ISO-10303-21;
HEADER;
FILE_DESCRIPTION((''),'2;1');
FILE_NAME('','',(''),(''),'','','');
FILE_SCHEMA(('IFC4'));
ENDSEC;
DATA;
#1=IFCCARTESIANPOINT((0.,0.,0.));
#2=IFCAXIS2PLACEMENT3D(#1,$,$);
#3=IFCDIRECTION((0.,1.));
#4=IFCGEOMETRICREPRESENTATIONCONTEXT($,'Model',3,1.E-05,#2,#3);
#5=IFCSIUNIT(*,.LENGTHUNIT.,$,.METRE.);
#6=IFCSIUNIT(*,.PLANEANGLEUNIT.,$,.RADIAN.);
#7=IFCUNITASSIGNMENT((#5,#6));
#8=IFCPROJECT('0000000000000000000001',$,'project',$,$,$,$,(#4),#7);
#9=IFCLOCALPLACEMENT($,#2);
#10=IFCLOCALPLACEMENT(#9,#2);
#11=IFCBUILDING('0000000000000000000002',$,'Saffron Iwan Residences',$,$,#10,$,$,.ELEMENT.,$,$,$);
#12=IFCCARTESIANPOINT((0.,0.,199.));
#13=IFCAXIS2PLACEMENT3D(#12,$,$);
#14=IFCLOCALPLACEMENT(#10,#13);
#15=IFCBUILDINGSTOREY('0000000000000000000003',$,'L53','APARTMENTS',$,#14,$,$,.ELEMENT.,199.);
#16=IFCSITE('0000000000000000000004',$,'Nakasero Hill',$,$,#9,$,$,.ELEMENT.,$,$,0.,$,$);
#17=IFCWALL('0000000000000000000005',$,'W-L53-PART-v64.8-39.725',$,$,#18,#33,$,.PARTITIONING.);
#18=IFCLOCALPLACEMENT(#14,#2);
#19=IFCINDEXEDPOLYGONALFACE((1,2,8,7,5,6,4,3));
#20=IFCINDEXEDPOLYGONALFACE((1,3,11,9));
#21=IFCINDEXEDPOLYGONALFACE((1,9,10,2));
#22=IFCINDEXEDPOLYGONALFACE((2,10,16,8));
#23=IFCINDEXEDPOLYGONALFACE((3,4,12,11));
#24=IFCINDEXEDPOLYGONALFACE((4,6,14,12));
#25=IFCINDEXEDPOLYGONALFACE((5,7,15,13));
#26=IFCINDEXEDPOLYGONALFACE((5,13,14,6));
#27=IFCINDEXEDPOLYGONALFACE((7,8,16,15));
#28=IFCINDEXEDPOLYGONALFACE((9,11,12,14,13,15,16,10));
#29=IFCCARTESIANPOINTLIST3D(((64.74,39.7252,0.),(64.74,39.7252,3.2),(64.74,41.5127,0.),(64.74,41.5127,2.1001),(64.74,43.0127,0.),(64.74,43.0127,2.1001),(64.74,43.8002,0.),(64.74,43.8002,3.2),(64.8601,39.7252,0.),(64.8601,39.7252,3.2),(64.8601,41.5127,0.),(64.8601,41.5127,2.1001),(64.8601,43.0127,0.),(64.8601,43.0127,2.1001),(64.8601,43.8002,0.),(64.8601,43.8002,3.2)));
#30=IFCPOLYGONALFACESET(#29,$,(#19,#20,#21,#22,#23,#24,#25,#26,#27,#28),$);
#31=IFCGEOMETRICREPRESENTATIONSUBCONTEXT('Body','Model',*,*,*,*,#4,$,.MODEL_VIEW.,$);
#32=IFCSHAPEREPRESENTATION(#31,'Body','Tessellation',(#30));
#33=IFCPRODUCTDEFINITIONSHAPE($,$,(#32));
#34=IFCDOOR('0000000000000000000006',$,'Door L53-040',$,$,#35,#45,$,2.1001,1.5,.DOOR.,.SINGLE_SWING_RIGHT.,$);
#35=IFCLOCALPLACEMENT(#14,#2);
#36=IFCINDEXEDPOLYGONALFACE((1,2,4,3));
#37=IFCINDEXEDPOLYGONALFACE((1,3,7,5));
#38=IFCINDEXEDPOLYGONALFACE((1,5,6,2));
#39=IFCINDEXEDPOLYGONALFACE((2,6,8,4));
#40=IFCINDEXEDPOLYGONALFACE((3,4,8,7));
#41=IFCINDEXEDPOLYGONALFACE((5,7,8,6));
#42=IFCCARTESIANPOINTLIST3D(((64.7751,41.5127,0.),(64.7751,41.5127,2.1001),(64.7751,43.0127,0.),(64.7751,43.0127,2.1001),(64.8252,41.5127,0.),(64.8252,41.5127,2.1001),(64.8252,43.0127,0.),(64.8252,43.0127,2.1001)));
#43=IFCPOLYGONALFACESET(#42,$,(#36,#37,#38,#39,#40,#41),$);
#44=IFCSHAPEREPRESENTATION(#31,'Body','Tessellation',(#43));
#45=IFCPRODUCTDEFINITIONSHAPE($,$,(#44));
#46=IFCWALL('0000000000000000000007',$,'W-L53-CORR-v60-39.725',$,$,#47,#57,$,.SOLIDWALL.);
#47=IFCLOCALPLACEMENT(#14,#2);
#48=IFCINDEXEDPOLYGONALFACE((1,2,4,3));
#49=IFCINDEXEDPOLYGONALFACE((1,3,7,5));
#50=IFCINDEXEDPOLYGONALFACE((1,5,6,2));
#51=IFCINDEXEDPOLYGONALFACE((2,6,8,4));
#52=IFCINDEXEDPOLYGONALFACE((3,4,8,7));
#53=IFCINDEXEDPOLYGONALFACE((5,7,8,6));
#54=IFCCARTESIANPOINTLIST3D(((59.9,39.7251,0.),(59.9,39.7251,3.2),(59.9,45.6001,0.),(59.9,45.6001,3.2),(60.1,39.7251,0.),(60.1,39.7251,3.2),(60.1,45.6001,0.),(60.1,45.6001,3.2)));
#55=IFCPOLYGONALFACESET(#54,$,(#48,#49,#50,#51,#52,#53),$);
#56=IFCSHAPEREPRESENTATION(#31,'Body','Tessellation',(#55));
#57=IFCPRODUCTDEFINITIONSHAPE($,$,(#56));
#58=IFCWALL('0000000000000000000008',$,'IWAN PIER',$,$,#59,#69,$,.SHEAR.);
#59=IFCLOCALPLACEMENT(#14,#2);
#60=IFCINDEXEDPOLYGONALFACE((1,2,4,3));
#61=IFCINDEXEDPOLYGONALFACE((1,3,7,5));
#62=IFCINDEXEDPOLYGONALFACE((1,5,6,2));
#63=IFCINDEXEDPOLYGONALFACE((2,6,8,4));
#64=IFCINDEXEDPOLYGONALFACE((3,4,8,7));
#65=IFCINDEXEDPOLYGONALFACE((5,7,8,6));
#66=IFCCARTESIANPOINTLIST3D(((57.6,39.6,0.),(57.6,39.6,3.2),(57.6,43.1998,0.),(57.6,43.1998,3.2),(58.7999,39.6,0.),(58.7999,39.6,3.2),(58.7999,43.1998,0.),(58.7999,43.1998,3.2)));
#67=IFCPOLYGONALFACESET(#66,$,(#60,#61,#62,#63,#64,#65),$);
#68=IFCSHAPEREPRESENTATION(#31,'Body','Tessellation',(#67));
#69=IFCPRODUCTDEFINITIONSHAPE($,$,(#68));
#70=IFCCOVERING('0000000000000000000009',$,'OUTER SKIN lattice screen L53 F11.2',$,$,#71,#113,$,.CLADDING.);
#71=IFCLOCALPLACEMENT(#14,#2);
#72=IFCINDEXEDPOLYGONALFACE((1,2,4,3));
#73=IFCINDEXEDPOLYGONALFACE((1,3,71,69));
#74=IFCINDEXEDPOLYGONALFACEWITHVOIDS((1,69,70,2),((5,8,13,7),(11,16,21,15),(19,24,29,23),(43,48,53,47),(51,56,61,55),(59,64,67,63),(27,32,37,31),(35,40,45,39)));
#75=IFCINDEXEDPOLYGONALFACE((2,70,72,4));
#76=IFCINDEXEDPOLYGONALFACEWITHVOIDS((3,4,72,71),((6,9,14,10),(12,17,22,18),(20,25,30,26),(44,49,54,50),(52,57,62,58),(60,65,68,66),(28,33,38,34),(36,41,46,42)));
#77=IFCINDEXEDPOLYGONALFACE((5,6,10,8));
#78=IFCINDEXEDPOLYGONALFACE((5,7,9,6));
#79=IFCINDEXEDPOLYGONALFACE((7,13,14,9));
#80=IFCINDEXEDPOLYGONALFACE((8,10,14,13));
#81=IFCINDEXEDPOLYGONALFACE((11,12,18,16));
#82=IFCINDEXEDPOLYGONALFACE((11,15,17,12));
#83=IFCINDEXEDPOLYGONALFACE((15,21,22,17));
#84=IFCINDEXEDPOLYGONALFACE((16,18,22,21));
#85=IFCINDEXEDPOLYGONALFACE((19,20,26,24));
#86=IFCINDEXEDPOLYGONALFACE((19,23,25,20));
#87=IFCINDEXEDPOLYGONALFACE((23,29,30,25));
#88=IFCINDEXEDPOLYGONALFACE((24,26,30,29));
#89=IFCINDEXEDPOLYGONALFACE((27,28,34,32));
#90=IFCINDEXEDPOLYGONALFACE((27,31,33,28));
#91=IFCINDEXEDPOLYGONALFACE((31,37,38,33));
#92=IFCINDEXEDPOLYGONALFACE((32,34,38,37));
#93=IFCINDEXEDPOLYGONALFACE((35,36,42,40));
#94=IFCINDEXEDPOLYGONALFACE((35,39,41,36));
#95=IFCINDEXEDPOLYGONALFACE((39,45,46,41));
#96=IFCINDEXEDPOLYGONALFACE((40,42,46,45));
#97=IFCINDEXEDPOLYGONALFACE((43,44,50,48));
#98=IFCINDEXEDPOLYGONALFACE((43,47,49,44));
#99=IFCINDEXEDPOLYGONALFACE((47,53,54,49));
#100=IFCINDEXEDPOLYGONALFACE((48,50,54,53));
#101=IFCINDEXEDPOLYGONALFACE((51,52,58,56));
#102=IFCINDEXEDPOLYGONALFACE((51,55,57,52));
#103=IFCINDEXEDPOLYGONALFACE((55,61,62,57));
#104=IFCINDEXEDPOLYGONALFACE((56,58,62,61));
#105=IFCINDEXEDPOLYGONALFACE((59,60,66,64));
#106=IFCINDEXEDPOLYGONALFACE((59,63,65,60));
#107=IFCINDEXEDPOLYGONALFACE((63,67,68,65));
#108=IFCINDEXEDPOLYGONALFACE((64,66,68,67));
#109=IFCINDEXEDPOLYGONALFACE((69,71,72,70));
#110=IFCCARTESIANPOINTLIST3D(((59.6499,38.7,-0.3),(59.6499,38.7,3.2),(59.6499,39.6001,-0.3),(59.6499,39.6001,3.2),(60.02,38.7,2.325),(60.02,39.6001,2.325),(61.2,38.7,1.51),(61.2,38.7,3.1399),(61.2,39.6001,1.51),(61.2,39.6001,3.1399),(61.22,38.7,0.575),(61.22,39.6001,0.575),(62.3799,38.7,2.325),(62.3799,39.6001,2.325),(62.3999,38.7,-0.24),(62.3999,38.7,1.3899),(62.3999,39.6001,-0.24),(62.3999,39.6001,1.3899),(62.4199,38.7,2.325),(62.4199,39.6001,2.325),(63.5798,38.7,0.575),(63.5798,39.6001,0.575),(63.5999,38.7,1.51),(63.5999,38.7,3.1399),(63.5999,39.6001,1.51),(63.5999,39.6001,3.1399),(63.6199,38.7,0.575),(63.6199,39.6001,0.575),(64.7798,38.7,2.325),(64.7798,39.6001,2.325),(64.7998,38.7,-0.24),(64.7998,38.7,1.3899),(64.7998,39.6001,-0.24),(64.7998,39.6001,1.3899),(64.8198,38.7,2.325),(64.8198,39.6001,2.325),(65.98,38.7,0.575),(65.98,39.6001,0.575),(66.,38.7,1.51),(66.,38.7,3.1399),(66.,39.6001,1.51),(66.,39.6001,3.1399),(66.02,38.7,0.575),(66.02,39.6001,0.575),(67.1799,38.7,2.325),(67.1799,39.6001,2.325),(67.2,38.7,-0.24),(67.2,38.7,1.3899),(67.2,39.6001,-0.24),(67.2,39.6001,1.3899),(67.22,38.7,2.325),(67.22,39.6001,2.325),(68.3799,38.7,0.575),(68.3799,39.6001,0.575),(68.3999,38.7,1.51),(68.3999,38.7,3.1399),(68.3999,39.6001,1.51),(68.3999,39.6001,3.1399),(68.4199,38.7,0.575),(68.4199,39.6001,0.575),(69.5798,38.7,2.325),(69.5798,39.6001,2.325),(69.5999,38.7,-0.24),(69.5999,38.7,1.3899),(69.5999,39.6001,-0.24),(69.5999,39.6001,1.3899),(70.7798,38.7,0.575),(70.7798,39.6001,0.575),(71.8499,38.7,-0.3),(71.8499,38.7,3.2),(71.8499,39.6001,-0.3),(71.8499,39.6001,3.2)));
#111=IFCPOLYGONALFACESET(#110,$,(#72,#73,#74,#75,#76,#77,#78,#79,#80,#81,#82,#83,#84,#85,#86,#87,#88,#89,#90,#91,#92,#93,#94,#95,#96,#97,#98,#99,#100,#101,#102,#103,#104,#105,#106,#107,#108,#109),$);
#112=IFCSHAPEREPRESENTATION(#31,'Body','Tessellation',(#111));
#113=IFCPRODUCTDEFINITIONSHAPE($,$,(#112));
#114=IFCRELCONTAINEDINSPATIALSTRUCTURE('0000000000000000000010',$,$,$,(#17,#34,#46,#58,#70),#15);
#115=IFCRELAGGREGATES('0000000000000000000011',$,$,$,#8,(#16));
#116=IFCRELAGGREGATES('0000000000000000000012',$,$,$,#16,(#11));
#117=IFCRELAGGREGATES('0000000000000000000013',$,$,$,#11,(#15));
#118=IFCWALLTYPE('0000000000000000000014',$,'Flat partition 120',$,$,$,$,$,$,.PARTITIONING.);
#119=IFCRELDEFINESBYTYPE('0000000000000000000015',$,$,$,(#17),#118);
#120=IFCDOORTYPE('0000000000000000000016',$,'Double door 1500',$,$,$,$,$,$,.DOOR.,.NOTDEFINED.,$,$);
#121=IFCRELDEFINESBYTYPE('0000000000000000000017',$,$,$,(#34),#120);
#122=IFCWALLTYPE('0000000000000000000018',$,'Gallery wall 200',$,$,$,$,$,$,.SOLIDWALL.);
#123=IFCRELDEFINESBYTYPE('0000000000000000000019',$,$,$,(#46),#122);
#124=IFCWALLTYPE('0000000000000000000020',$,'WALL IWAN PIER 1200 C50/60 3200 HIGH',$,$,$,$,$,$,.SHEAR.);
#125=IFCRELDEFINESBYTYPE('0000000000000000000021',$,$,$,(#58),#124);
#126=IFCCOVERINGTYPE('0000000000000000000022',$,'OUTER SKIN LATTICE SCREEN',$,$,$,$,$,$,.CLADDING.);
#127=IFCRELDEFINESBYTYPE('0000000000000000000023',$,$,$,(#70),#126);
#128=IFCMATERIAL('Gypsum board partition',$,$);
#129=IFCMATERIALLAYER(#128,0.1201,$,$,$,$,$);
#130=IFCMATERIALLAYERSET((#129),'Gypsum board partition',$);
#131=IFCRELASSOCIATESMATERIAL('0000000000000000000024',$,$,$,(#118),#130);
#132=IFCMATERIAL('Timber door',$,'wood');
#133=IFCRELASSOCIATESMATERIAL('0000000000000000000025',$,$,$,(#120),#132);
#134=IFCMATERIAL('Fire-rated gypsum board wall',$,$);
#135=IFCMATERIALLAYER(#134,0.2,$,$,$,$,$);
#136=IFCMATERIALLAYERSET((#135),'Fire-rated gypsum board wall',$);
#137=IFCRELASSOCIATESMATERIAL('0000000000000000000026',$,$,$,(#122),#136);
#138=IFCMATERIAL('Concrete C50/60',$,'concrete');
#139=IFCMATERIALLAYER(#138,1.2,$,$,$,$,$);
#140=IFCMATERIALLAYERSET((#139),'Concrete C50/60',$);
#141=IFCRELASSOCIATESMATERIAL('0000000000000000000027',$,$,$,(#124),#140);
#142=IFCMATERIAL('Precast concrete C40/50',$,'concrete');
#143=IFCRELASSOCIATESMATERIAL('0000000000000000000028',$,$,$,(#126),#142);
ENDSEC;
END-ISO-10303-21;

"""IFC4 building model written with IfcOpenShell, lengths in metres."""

from ifc_helpers import new_model, si_unit, direction, frame, frame_2d, origin, place, context, subcontext, project, spatial, polyline, rectangle, outline, extrude, material, layer, layer_set, type_object, element, fill, save


model = new_model("IFC4")

# Units and contexts
model_context = context("Model", 3, precision=1e-05, world=origin(), true_north=direction((0.0, 1.0)))
body_context = subcontext(model_context, "Body", "Model", "MODEL_VIEW")
ifc_project = project(units=[si_unit("LENGTHUNIT", "METRE"), si_unit("PLANEANGLEUNIT", "RADIAN")], contexts=[model_context])

# Site, building, storey
site_placement = place(None, origin())
site = spatial("IfcSite", under=ifc_project, at=site_placement, Name="Nakasero Hill", CompositionType="ELEMENT", RefElevation=0.0)
building_placement = place(site_placement, origin())
building = spatial("IfcBuilding", under=site, at=building_placement, Name="Saffron Iwan Residences", CompositionType="ELEMENT")
storey_placement = place(building_placement, frame((0.0, 0.0, 199.0)))
storey = spatial("IfcBuildingStorey", under=building, at=storey_placement, Name="L53", Description="APARTMENTS", CompositionType="ELEMENT", Elevation=199.0)

# Shared definitions
ifc_material_1 = material(Name="Concrete C50/60", Category="concrete")

# Wall, opening, door
ifc_material_2 = material(Name="Gypsum board partition")
ifc_layer_1 = layer(ifc_material_2, 0.1201)
ifc_layer_set_1 = layer_set([ifc_layer_1], Name="Gypsum board partition")
wall_type_1 = type_object("IfcWallType", Name="Flat partition 120", PredefinedType="PARTITIONING", material=ifc_layer_set_1)
wall_1_placement = place(storey_placement, frame((64.8, 39.7251, 0.0), z_axis=(0.0, 0.0, 1.0), x_axis=(0.0, 1.0, 0.0)))
wall_1 = element("IfcWall", 1, at=wall_1_placement, inside=storey, type_object=wall_type_1, Name="W-L53-PART-v64.8-39.725", PredefinedType="PARTITIONING", context=body_context, shape_type="SweptSolid", body=[
    extrude(rectangle(XDim=4.075, YDim=0.1201, at=frame_2d((2.0376, 0.0))), origin(), (0.0, 0.0, 1.0), 3.2),
])
opening_1_placement = place(wall_1_placement, frame((1.7876, 0.0, 0.0)))
opening_1 = element("IfcOpeningElement", 2, at=opening_1_placement, cuts=wall_1, PredefinedType="OPENING", context=body_context, shape_type="SweptSolid", body=[
    extrude(rectangle(XDim=1.5, YDim=2.1001, at=frame_2d((0.75, 1.05))), frame((0.0, 0.0701, 0.0), z_axis=(0.0, -1.0, 0.0), x_axis=(1.0, 0.0, 0.0)), (0.0, 0.0, 1.0), 0.1401),
])
ifc_material_3 = material(Name="Timber door", Category="wood")
door_type_1 = type_object("IfcDoorType", Name="Double door 1500", OperationType="NOTDEFINED", PredefinedType="DOOR", material=ifc_material_3)
door_1_placement = place(opening_1_placement, origin())
door_1 = element("IfcDoor", 3, at=door_1_placement, inside=storey, type_object=door_type_1, Name="Door L53-040", OperationType="SINGLE_SWING_RIGHT", OverallHeight=2.1001, OverallWidth=1.5, PredefinedType="DOOR", context=body_context, shape_type="SweptSolid", body=[
    extrude(rectangle(XDim=1.5, YDim=2.1001, at=frame_2d((0.75, 1.05))), frame((0.0, 0.0249, 0.0), z_axis=(0.0, -1.0, 0.0), x_axis=(1.0, 0.0, 0.0)), (0.0, 0.0, 1.0), 0.05),
])
fill(opening_1, door_1)

# Walls
ifc_material_4 = material(Name="Fire-rated gypsum board wall")
ifc_layer_2 = layer(ifc_material_4, 0.2)
ifc_layer_set_2 = layer_set([ifc_layer_2], Name="Fire-rated gypsum board wall")
wall_type_2 = type_object("IfcWallType", Name="Gallery wall 200", PredefinedType="SOLIDWALL", material=ifc_layer_set_2)
wall_2_placement = place(storey_placement, frame((60.0, 39.7251, 0.0), z_axis=(0.0, 0.0, 1.0), x_axis=(0.0, 1.0, 0.0)))
element("IfcWall", 4, at=wall_2_placement, inside=storey, type_object=wall_type_2, Name="W-L53-CORR-v60-39.725", PredefinedType="SOLIDWALL", context=body_context, shape_type="SweptSolid", body=[
    extrude(rectangle(XDim=5.875, YDim=0.2, at=frame_2d((2.9375, 0.0))), origin(), (0.0, 0.0, 1.0), 3.2),
])
ifc_layer_3 = layer(ifc_material_1, 1.2)
ifc_layer_set_3 = layer_set([ifc_layer_3], Name="Concrete C50/60")
wall_type_3 = type_object("IfcWallType", Name="WALL IWAN PIER 1200 C50/60 3200 HIGH", PredefinedType="SHEAR", material=ifc_layer_set_3)
wall_3_placement = place(storey_placement, frame((58.2, 39.6001, 0.0), z_axis=(0.0, 0.0, 1.0), x_axis=(0.0, 1.0, 0.0)))
element("IfcWall", 5, at=wall_3_placement, inside=storey, type_object=wall_type_3, Name="IWAN PIER", PredefinedType="SHEAR", context=body_context, shape_type="SweptSolid", body=[
    extrude(rectangle(XDim=3.5999, YDim=1.2, at=frame_2d((1.7998, 0.0))), origin(), (0.0, 0.0, 1.0), 3.2),
])

# Covering
ifc_material_5 = material(Name="Precast concrete C40/50", Category="concrete")
covering_type = type_object("IfcCoveringType", Name="OUTER SKIN LATTICE SCREEN", PredefinedType="CLADDING", material=ifc_material_5)
covering_placement = place(storey_placement, frame((59.6499, 39.6001, -0.3), z_axis=(0.0, -1.0, 0.0), x_axis=(1.0, 0.0, 0.0)))
element("IfcCovering", 6, at=covering_placement, inside=storey, type_object=covering_type, Name="OUTER SKIN lattice screen L53 F11.2", PredefinedType="CLADDING", context=body_context, shape_type="SweptSolid", body=[
    extrude(outline(polyline([(0.0, 0.0), (12.2, 0.0), (12.2, 3.5), (0.0, 3.5), (0.0, 0.0)]), holes=[polyline([(1.5701, 0.875), (2.75, 0.0601), (3.9299, 0.875), (2.75, 1.6899), (1.5701, 0.875)]), polyline([(3.97, 0.875), (5.1499, 0.0601), (6.3301, 0.875), (5.1499, 1.6899), (3.97, 0.875)]), polyline([(6.3701, 0.875), (7.55, 0.0601), (8.73, 0.875), (7.55, 1.6899), (6.3701, 0.875)]), polyline([(8.77, 0.875), (9.95, 0.0601), (11.1299, 0.875), (9.95, 1.6899), (8.77, 0.875)]), polyline([(0.3701, 2.625), (1.55, 1.8101), (2.73, 2.625), (1.55, 3.4399), (0.3701, 2.625)]), polyline([(2.77, 2.625), (3.95, 1.8101), (5.1299, 2.625), (3.95, 3.4399), (2.77, 2.625)]), polyline([(5.1699, 2.625), (6.3501, 1.8101), (7.53, 2.625), (6.3501, 3.4399), (5.1699, 2.625)]), polyline([(7.5701, 2.625), (8.75, 1.8101), (9.9299, 2.625), (8.75, 3.4399), (7.5701, 2.625)])]), origin(), (0.0, 0.0, 1.0), 0.9001),
])

save(model, "model.ifc")
